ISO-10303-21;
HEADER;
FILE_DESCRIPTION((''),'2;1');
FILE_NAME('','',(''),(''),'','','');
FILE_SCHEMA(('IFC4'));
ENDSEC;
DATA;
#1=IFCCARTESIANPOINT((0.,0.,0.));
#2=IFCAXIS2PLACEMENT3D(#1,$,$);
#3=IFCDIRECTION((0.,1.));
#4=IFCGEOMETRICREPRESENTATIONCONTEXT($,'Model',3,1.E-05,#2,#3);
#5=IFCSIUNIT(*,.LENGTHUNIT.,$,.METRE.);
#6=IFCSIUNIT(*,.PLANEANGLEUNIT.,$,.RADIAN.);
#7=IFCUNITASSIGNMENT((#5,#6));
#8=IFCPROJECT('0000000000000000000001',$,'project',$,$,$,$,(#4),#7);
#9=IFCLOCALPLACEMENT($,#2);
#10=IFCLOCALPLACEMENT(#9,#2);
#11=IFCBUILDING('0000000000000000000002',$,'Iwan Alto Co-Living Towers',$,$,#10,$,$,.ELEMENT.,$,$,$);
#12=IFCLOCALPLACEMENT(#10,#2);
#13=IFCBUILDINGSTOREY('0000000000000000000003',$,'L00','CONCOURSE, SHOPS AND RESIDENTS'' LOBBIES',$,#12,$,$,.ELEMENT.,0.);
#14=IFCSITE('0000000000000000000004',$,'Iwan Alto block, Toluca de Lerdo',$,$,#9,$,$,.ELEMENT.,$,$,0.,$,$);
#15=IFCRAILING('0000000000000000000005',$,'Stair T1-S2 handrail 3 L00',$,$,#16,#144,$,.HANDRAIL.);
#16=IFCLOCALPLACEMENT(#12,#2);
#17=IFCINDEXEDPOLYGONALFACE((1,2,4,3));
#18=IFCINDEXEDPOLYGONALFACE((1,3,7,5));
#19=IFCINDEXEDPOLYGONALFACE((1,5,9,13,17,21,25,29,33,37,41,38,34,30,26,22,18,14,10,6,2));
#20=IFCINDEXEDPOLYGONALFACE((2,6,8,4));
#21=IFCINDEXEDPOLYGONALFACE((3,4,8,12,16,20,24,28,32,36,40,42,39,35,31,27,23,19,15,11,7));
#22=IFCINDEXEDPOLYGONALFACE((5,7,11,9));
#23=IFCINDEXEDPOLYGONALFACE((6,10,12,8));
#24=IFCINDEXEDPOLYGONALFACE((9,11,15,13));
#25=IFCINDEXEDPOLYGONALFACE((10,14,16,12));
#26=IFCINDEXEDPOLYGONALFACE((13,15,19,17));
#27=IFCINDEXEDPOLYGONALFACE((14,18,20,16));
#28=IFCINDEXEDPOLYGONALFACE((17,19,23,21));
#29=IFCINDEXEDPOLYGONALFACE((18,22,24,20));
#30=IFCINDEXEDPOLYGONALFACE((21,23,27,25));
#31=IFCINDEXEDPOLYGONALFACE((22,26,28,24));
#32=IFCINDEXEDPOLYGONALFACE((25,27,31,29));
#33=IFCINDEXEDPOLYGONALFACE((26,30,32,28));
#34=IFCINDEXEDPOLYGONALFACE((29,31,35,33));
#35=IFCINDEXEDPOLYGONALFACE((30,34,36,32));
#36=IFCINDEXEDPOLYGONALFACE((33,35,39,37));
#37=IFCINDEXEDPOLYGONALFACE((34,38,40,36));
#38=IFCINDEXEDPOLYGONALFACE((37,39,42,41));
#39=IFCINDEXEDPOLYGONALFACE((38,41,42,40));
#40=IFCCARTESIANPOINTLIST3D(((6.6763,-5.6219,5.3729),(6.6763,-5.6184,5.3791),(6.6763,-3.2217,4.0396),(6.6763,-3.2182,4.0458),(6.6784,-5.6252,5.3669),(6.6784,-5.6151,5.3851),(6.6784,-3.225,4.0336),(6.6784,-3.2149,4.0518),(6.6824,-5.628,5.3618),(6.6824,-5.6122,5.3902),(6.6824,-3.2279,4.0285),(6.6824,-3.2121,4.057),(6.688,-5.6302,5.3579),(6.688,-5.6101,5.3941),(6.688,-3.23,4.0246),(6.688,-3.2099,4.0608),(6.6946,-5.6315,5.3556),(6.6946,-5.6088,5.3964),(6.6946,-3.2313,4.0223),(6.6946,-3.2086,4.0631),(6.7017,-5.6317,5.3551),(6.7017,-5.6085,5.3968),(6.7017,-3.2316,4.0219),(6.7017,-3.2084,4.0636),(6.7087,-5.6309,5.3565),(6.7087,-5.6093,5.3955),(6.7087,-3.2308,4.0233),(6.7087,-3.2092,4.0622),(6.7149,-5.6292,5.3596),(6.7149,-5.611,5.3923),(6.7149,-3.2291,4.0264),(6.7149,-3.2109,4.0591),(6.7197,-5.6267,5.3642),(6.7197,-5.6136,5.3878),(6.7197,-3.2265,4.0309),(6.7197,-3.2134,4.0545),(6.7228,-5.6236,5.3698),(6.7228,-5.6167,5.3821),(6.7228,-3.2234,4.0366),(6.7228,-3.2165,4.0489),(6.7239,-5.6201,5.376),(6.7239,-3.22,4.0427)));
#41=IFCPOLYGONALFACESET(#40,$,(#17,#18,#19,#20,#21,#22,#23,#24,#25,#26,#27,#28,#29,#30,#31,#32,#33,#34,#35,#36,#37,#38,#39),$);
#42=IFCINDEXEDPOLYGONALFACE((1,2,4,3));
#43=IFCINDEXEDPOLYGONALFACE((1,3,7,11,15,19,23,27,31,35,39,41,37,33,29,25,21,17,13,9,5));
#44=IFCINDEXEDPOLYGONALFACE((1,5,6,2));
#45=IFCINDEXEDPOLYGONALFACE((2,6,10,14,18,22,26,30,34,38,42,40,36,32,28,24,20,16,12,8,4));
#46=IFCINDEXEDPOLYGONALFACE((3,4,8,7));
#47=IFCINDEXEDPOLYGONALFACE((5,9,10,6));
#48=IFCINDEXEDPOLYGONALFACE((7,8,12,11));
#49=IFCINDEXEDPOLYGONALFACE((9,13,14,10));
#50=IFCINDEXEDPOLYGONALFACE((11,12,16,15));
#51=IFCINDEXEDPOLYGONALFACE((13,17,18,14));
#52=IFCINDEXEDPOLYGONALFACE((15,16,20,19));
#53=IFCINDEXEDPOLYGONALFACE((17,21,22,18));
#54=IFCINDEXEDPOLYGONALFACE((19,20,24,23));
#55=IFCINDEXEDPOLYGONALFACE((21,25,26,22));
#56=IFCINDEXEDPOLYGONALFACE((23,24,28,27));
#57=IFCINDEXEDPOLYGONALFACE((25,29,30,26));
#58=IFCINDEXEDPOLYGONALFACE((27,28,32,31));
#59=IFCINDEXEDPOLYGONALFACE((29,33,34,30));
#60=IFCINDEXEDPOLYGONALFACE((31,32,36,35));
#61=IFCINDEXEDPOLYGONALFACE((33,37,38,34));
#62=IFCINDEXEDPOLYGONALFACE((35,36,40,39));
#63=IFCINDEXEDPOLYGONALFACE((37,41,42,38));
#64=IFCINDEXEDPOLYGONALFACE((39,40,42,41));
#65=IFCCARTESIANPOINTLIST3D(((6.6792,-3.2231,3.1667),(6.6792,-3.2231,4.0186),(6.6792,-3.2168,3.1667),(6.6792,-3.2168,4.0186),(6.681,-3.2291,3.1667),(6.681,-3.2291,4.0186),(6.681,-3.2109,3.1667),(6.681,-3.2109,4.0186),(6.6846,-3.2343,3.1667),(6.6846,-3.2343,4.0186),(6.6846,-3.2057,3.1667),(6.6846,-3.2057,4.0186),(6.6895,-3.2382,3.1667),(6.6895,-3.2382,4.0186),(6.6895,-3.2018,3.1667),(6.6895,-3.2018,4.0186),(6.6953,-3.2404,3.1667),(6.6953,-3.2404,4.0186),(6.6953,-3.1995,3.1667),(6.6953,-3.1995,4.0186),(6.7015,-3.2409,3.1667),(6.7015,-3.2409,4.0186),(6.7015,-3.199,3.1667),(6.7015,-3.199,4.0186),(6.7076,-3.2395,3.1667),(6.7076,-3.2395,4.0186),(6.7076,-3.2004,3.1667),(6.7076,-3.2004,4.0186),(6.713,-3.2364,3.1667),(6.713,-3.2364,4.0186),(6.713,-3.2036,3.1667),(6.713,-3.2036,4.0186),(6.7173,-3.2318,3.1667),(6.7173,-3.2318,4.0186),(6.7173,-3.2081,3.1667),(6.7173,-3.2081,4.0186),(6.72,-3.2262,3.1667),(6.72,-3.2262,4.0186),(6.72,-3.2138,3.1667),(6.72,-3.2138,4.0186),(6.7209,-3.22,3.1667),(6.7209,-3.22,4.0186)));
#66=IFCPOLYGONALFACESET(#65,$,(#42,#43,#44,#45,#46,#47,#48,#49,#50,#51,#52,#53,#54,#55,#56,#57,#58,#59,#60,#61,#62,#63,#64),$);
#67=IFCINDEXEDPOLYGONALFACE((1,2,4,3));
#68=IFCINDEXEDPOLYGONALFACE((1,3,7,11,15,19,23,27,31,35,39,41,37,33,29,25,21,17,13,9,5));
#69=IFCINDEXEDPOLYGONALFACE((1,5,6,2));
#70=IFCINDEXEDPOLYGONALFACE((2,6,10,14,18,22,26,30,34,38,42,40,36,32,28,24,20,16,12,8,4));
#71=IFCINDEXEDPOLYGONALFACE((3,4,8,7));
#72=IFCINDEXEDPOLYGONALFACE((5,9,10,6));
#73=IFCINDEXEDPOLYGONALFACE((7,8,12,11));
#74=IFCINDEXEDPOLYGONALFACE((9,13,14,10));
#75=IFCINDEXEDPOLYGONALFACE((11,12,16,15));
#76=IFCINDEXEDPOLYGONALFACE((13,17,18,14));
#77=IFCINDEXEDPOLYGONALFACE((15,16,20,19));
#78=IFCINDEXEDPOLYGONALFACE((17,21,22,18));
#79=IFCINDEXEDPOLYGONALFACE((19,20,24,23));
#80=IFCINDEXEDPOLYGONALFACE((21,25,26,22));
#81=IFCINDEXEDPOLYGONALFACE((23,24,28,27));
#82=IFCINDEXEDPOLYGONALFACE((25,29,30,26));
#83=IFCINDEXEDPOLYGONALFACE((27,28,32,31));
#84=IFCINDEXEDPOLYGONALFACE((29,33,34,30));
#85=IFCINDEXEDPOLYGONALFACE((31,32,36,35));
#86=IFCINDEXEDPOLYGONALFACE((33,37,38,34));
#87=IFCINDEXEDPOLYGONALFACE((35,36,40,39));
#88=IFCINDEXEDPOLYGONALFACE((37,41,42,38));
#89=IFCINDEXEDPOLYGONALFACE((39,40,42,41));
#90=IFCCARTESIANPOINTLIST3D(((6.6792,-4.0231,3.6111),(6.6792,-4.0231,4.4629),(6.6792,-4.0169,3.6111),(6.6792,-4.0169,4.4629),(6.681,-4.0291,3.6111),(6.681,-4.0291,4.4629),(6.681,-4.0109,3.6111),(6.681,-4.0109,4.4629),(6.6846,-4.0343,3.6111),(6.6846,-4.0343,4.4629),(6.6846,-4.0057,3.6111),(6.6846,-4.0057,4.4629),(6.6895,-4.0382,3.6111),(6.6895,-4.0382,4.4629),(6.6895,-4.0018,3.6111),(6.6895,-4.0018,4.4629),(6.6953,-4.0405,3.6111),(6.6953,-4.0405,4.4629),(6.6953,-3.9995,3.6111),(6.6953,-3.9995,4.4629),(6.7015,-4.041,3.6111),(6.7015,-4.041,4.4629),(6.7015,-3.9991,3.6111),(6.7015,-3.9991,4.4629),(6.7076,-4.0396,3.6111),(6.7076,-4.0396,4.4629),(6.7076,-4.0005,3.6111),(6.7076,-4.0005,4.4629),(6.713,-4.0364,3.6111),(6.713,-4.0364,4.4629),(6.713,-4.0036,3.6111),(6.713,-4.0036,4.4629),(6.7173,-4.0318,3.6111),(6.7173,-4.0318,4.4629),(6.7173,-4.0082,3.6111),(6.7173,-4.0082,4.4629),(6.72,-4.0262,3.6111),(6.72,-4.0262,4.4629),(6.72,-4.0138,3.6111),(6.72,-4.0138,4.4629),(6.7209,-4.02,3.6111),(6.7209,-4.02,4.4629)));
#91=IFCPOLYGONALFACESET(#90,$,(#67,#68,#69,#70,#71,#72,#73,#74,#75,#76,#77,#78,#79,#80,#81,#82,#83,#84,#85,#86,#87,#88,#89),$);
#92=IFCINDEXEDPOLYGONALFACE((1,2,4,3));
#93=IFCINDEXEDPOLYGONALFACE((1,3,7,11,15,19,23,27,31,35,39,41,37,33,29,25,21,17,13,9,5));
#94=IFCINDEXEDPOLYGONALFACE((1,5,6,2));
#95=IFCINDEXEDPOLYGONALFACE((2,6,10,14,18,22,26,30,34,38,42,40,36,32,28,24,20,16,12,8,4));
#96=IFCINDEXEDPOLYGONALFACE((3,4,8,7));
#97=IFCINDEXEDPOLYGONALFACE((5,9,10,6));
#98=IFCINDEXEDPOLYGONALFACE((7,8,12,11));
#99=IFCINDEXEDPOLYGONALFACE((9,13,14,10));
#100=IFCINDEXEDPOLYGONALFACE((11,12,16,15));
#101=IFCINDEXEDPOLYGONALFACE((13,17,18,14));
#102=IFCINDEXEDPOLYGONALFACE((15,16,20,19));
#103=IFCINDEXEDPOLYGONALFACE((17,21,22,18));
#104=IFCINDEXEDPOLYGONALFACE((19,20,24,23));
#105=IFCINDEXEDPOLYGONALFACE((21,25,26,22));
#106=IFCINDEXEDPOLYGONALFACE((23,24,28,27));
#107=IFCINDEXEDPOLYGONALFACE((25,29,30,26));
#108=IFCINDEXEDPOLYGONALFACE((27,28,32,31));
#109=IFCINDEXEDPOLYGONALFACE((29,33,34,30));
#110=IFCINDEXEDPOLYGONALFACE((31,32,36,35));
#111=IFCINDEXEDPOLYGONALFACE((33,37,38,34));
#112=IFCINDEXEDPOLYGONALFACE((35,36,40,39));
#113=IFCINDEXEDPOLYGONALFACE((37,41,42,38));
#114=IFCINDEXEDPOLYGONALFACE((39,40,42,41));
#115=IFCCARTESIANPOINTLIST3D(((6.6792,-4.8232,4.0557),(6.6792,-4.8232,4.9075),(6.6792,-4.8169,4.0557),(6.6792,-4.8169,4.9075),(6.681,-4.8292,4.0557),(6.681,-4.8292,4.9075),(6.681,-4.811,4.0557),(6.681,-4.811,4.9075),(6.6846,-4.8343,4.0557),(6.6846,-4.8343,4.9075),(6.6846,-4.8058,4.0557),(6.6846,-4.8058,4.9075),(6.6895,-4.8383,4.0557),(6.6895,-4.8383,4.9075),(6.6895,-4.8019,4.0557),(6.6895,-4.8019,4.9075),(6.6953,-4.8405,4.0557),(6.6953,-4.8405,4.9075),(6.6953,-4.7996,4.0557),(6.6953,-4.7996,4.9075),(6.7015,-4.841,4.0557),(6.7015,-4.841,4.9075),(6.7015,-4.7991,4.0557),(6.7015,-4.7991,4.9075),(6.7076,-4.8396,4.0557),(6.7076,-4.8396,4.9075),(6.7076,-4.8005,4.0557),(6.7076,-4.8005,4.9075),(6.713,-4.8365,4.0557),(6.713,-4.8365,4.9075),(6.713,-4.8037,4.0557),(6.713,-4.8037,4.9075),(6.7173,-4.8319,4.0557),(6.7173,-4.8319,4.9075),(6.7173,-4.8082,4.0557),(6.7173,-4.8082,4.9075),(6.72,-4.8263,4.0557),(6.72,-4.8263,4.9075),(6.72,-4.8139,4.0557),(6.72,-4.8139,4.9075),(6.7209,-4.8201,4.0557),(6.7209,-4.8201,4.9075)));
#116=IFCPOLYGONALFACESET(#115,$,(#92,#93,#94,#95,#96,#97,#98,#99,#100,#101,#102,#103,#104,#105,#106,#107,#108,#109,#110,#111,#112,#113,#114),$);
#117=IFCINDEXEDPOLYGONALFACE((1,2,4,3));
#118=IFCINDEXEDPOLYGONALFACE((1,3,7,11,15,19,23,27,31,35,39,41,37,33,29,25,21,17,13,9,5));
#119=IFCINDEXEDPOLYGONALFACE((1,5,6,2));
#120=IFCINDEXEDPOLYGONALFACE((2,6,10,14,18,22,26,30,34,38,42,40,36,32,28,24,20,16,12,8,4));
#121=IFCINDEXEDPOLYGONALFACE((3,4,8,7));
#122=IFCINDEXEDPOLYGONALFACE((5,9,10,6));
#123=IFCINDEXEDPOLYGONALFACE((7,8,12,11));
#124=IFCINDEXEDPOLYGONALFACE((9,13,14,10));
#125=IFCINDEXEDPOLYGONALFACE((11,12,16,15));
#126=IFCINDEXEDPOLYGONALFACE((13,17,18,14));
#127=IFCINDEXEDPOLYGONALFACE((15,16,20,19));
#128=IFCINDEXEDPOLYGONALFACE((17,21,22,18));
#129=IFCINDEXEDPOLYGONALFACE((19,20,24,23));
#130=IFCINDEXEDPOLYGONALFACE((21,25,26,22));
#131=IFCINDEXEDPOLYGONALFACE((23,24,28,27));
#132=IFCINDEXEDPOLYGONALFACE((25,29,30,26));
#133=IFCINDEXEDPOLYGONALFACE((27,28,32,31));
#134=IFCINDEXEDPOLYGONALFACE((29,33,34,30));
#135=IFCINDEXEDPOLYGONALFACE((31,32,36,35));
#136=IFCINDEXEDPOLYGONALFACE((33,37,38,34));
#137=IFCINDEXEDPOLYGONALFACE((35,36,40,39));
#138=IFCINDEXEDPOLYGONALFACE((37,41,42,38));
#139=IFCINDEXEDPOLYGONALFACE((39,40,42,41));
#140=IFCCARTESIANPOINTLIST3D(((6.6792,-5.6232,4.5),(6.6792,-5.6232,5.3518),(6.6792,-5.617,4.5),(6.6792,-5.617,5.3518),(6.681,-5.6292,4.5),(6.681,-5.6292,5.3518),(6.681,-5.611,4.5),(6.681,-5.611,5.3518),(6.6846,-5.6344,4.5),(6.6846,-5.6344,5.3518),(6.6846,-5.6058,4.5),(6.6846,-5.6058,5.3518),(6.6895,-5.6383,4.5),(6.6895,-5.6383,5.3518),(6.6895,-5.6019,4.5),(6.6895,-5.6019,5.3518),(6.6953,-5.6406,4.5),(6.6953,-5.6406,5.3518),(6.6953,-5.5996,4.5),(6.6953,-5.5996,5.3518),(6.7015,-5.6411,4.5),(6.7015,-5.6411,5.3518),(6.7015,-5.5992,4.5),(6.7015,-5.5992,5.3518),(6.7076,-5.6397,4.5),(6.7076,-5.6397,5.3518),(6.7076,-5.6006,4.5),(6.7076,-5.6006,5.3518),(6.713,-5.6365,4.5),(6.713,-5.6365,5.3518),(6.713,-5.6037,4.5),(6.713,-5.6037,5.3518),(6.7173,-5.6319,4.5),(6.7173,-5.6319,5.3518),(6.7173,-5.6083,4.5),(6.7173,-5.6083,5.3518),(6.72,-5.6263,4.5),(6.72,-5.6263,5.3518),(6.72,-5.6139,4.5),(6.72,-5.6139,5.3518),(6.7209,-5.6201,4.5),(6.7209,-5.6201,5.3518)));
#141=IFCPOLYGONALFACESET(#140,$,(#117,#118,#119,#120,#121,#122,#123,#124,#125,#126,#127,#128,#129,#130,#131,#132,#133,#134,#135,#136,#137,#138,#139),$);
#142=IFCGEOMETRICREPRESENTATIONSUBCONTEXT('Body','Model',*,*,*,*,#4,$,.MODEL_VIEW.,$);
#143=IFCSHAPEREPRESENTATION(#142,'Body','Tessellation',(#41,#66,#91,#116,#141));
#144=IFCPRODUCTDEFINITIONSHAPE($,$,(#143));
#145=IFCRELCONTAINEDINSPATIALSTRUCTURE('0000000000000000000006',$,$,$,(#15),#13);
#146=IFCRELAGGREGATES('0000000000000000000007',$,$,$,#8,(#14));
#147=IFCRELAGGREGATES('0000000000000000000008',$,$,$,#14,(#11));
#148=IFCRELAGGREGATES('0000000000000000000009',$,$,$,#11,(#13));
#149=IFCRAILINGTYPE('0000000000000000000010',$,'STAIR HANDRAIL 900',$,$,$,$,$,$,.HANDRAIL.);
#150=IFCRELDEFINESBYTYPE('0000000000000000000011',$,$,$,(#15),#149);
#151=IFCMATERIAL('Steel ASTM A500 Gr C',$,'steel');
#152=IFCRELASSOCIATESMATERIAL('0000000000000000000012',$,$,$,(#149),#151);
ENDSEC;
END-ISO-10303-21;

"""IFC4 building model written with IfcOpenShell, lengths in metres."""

from ifc_helpers import new_model, si_unit, direction, frame, origin, origin_2d, place, context, subcontext, project, spatial, circle, extrude, material, type_object, element, save


model = new_model("IFC4")

# Units and contexts
model_context = context("Model", 3, precision=1e-05, world=origin(), true_north=direction((0.0, 1.0)))
body_context = subcontext(model_context, "Body", "Model", "MODEL_VIEW")
ifc_project = project(units=[si_unit("LENGTHUNIT", "METRE"), si_unit("PLANEANGLEUNIT", "RADIAN")], contexts=[model_context])

# Site, building, storey
site_placement = place(None, origin())
site = spatial("IfcSite", under=ifc_project, at=site_placement, Name="Iwan Alto block, Toluca de Lerdo", CompositionType="ELEMENT", RefElevation=0.0)
building_placement = place(site_placement, origin())
building = spatial("IfcBuilding", under=site, at=building_placement, Name="Iwan Alto Co-Living Towers", CompositionType="ELEMENT")
storey_placement = place(building_placement, origin())
storey = spatial("IfcBuildingStorey", under=building, at=storey_placement, Name="L00", Description="CONCOURSE, SHOPS AND RESIDENTS' LOBBIES", CompositionType="ELEMENT", Elevation=0.0)

# Railing
ifc_material_1 = material(Name="Steel ASTM A500 Gr C", Category="steel")
railing_type_1 = type_object("IfcRailingType", Name="STAIR HANDRAIL 900", PredefinedType="HANDRAIL", material=ifc_material_1)
railing_1_placement = place(storey_placement, frame((6.7, -3.22, 3.1667)))
element("IfcRailing", 1, at=railing_1_placement, inside=storey, type_object=railing_type_1, Name="Stair T1-S2 handrail 3 L00", PredefinedType="HANDRAIL", context=body_context, shape_type="SweptSolid", body=[
    extrude(circle(Radius=0.0239, at=origin_2d()), frame((0.0, 0.0, 0.876), z_axis=(0.0, -0.874182, 0.485598), x_axis=(1.0, 0.0, 0.0)), (0.0, 0.0, 1.0), 2.7456),
    extrude(circle(Radius=0.021, at=origin_2d()), origin(), (0.0, 0.0, 1.0), 0.8518),
    extrude(circle(Radius=0.021, at=origin_2d()), frame((0.0, -0.8, 0.4443)), (0.0, 0.0, 1.0), 0.8518),
    extrude(circle(Radius=0.021, at=origin_2d()), frame((0.0, -1.6001, 0.8889)), (0.0, 0.0, 1.0), 0.8518),
    extrude(circle(Radius=0.021, at=origin_2d()), frame((0.0, -2.4001, 1.3333)), (0.0, 0.0, 1.0), 0.8518),
])

save(model, "model.ifc")
